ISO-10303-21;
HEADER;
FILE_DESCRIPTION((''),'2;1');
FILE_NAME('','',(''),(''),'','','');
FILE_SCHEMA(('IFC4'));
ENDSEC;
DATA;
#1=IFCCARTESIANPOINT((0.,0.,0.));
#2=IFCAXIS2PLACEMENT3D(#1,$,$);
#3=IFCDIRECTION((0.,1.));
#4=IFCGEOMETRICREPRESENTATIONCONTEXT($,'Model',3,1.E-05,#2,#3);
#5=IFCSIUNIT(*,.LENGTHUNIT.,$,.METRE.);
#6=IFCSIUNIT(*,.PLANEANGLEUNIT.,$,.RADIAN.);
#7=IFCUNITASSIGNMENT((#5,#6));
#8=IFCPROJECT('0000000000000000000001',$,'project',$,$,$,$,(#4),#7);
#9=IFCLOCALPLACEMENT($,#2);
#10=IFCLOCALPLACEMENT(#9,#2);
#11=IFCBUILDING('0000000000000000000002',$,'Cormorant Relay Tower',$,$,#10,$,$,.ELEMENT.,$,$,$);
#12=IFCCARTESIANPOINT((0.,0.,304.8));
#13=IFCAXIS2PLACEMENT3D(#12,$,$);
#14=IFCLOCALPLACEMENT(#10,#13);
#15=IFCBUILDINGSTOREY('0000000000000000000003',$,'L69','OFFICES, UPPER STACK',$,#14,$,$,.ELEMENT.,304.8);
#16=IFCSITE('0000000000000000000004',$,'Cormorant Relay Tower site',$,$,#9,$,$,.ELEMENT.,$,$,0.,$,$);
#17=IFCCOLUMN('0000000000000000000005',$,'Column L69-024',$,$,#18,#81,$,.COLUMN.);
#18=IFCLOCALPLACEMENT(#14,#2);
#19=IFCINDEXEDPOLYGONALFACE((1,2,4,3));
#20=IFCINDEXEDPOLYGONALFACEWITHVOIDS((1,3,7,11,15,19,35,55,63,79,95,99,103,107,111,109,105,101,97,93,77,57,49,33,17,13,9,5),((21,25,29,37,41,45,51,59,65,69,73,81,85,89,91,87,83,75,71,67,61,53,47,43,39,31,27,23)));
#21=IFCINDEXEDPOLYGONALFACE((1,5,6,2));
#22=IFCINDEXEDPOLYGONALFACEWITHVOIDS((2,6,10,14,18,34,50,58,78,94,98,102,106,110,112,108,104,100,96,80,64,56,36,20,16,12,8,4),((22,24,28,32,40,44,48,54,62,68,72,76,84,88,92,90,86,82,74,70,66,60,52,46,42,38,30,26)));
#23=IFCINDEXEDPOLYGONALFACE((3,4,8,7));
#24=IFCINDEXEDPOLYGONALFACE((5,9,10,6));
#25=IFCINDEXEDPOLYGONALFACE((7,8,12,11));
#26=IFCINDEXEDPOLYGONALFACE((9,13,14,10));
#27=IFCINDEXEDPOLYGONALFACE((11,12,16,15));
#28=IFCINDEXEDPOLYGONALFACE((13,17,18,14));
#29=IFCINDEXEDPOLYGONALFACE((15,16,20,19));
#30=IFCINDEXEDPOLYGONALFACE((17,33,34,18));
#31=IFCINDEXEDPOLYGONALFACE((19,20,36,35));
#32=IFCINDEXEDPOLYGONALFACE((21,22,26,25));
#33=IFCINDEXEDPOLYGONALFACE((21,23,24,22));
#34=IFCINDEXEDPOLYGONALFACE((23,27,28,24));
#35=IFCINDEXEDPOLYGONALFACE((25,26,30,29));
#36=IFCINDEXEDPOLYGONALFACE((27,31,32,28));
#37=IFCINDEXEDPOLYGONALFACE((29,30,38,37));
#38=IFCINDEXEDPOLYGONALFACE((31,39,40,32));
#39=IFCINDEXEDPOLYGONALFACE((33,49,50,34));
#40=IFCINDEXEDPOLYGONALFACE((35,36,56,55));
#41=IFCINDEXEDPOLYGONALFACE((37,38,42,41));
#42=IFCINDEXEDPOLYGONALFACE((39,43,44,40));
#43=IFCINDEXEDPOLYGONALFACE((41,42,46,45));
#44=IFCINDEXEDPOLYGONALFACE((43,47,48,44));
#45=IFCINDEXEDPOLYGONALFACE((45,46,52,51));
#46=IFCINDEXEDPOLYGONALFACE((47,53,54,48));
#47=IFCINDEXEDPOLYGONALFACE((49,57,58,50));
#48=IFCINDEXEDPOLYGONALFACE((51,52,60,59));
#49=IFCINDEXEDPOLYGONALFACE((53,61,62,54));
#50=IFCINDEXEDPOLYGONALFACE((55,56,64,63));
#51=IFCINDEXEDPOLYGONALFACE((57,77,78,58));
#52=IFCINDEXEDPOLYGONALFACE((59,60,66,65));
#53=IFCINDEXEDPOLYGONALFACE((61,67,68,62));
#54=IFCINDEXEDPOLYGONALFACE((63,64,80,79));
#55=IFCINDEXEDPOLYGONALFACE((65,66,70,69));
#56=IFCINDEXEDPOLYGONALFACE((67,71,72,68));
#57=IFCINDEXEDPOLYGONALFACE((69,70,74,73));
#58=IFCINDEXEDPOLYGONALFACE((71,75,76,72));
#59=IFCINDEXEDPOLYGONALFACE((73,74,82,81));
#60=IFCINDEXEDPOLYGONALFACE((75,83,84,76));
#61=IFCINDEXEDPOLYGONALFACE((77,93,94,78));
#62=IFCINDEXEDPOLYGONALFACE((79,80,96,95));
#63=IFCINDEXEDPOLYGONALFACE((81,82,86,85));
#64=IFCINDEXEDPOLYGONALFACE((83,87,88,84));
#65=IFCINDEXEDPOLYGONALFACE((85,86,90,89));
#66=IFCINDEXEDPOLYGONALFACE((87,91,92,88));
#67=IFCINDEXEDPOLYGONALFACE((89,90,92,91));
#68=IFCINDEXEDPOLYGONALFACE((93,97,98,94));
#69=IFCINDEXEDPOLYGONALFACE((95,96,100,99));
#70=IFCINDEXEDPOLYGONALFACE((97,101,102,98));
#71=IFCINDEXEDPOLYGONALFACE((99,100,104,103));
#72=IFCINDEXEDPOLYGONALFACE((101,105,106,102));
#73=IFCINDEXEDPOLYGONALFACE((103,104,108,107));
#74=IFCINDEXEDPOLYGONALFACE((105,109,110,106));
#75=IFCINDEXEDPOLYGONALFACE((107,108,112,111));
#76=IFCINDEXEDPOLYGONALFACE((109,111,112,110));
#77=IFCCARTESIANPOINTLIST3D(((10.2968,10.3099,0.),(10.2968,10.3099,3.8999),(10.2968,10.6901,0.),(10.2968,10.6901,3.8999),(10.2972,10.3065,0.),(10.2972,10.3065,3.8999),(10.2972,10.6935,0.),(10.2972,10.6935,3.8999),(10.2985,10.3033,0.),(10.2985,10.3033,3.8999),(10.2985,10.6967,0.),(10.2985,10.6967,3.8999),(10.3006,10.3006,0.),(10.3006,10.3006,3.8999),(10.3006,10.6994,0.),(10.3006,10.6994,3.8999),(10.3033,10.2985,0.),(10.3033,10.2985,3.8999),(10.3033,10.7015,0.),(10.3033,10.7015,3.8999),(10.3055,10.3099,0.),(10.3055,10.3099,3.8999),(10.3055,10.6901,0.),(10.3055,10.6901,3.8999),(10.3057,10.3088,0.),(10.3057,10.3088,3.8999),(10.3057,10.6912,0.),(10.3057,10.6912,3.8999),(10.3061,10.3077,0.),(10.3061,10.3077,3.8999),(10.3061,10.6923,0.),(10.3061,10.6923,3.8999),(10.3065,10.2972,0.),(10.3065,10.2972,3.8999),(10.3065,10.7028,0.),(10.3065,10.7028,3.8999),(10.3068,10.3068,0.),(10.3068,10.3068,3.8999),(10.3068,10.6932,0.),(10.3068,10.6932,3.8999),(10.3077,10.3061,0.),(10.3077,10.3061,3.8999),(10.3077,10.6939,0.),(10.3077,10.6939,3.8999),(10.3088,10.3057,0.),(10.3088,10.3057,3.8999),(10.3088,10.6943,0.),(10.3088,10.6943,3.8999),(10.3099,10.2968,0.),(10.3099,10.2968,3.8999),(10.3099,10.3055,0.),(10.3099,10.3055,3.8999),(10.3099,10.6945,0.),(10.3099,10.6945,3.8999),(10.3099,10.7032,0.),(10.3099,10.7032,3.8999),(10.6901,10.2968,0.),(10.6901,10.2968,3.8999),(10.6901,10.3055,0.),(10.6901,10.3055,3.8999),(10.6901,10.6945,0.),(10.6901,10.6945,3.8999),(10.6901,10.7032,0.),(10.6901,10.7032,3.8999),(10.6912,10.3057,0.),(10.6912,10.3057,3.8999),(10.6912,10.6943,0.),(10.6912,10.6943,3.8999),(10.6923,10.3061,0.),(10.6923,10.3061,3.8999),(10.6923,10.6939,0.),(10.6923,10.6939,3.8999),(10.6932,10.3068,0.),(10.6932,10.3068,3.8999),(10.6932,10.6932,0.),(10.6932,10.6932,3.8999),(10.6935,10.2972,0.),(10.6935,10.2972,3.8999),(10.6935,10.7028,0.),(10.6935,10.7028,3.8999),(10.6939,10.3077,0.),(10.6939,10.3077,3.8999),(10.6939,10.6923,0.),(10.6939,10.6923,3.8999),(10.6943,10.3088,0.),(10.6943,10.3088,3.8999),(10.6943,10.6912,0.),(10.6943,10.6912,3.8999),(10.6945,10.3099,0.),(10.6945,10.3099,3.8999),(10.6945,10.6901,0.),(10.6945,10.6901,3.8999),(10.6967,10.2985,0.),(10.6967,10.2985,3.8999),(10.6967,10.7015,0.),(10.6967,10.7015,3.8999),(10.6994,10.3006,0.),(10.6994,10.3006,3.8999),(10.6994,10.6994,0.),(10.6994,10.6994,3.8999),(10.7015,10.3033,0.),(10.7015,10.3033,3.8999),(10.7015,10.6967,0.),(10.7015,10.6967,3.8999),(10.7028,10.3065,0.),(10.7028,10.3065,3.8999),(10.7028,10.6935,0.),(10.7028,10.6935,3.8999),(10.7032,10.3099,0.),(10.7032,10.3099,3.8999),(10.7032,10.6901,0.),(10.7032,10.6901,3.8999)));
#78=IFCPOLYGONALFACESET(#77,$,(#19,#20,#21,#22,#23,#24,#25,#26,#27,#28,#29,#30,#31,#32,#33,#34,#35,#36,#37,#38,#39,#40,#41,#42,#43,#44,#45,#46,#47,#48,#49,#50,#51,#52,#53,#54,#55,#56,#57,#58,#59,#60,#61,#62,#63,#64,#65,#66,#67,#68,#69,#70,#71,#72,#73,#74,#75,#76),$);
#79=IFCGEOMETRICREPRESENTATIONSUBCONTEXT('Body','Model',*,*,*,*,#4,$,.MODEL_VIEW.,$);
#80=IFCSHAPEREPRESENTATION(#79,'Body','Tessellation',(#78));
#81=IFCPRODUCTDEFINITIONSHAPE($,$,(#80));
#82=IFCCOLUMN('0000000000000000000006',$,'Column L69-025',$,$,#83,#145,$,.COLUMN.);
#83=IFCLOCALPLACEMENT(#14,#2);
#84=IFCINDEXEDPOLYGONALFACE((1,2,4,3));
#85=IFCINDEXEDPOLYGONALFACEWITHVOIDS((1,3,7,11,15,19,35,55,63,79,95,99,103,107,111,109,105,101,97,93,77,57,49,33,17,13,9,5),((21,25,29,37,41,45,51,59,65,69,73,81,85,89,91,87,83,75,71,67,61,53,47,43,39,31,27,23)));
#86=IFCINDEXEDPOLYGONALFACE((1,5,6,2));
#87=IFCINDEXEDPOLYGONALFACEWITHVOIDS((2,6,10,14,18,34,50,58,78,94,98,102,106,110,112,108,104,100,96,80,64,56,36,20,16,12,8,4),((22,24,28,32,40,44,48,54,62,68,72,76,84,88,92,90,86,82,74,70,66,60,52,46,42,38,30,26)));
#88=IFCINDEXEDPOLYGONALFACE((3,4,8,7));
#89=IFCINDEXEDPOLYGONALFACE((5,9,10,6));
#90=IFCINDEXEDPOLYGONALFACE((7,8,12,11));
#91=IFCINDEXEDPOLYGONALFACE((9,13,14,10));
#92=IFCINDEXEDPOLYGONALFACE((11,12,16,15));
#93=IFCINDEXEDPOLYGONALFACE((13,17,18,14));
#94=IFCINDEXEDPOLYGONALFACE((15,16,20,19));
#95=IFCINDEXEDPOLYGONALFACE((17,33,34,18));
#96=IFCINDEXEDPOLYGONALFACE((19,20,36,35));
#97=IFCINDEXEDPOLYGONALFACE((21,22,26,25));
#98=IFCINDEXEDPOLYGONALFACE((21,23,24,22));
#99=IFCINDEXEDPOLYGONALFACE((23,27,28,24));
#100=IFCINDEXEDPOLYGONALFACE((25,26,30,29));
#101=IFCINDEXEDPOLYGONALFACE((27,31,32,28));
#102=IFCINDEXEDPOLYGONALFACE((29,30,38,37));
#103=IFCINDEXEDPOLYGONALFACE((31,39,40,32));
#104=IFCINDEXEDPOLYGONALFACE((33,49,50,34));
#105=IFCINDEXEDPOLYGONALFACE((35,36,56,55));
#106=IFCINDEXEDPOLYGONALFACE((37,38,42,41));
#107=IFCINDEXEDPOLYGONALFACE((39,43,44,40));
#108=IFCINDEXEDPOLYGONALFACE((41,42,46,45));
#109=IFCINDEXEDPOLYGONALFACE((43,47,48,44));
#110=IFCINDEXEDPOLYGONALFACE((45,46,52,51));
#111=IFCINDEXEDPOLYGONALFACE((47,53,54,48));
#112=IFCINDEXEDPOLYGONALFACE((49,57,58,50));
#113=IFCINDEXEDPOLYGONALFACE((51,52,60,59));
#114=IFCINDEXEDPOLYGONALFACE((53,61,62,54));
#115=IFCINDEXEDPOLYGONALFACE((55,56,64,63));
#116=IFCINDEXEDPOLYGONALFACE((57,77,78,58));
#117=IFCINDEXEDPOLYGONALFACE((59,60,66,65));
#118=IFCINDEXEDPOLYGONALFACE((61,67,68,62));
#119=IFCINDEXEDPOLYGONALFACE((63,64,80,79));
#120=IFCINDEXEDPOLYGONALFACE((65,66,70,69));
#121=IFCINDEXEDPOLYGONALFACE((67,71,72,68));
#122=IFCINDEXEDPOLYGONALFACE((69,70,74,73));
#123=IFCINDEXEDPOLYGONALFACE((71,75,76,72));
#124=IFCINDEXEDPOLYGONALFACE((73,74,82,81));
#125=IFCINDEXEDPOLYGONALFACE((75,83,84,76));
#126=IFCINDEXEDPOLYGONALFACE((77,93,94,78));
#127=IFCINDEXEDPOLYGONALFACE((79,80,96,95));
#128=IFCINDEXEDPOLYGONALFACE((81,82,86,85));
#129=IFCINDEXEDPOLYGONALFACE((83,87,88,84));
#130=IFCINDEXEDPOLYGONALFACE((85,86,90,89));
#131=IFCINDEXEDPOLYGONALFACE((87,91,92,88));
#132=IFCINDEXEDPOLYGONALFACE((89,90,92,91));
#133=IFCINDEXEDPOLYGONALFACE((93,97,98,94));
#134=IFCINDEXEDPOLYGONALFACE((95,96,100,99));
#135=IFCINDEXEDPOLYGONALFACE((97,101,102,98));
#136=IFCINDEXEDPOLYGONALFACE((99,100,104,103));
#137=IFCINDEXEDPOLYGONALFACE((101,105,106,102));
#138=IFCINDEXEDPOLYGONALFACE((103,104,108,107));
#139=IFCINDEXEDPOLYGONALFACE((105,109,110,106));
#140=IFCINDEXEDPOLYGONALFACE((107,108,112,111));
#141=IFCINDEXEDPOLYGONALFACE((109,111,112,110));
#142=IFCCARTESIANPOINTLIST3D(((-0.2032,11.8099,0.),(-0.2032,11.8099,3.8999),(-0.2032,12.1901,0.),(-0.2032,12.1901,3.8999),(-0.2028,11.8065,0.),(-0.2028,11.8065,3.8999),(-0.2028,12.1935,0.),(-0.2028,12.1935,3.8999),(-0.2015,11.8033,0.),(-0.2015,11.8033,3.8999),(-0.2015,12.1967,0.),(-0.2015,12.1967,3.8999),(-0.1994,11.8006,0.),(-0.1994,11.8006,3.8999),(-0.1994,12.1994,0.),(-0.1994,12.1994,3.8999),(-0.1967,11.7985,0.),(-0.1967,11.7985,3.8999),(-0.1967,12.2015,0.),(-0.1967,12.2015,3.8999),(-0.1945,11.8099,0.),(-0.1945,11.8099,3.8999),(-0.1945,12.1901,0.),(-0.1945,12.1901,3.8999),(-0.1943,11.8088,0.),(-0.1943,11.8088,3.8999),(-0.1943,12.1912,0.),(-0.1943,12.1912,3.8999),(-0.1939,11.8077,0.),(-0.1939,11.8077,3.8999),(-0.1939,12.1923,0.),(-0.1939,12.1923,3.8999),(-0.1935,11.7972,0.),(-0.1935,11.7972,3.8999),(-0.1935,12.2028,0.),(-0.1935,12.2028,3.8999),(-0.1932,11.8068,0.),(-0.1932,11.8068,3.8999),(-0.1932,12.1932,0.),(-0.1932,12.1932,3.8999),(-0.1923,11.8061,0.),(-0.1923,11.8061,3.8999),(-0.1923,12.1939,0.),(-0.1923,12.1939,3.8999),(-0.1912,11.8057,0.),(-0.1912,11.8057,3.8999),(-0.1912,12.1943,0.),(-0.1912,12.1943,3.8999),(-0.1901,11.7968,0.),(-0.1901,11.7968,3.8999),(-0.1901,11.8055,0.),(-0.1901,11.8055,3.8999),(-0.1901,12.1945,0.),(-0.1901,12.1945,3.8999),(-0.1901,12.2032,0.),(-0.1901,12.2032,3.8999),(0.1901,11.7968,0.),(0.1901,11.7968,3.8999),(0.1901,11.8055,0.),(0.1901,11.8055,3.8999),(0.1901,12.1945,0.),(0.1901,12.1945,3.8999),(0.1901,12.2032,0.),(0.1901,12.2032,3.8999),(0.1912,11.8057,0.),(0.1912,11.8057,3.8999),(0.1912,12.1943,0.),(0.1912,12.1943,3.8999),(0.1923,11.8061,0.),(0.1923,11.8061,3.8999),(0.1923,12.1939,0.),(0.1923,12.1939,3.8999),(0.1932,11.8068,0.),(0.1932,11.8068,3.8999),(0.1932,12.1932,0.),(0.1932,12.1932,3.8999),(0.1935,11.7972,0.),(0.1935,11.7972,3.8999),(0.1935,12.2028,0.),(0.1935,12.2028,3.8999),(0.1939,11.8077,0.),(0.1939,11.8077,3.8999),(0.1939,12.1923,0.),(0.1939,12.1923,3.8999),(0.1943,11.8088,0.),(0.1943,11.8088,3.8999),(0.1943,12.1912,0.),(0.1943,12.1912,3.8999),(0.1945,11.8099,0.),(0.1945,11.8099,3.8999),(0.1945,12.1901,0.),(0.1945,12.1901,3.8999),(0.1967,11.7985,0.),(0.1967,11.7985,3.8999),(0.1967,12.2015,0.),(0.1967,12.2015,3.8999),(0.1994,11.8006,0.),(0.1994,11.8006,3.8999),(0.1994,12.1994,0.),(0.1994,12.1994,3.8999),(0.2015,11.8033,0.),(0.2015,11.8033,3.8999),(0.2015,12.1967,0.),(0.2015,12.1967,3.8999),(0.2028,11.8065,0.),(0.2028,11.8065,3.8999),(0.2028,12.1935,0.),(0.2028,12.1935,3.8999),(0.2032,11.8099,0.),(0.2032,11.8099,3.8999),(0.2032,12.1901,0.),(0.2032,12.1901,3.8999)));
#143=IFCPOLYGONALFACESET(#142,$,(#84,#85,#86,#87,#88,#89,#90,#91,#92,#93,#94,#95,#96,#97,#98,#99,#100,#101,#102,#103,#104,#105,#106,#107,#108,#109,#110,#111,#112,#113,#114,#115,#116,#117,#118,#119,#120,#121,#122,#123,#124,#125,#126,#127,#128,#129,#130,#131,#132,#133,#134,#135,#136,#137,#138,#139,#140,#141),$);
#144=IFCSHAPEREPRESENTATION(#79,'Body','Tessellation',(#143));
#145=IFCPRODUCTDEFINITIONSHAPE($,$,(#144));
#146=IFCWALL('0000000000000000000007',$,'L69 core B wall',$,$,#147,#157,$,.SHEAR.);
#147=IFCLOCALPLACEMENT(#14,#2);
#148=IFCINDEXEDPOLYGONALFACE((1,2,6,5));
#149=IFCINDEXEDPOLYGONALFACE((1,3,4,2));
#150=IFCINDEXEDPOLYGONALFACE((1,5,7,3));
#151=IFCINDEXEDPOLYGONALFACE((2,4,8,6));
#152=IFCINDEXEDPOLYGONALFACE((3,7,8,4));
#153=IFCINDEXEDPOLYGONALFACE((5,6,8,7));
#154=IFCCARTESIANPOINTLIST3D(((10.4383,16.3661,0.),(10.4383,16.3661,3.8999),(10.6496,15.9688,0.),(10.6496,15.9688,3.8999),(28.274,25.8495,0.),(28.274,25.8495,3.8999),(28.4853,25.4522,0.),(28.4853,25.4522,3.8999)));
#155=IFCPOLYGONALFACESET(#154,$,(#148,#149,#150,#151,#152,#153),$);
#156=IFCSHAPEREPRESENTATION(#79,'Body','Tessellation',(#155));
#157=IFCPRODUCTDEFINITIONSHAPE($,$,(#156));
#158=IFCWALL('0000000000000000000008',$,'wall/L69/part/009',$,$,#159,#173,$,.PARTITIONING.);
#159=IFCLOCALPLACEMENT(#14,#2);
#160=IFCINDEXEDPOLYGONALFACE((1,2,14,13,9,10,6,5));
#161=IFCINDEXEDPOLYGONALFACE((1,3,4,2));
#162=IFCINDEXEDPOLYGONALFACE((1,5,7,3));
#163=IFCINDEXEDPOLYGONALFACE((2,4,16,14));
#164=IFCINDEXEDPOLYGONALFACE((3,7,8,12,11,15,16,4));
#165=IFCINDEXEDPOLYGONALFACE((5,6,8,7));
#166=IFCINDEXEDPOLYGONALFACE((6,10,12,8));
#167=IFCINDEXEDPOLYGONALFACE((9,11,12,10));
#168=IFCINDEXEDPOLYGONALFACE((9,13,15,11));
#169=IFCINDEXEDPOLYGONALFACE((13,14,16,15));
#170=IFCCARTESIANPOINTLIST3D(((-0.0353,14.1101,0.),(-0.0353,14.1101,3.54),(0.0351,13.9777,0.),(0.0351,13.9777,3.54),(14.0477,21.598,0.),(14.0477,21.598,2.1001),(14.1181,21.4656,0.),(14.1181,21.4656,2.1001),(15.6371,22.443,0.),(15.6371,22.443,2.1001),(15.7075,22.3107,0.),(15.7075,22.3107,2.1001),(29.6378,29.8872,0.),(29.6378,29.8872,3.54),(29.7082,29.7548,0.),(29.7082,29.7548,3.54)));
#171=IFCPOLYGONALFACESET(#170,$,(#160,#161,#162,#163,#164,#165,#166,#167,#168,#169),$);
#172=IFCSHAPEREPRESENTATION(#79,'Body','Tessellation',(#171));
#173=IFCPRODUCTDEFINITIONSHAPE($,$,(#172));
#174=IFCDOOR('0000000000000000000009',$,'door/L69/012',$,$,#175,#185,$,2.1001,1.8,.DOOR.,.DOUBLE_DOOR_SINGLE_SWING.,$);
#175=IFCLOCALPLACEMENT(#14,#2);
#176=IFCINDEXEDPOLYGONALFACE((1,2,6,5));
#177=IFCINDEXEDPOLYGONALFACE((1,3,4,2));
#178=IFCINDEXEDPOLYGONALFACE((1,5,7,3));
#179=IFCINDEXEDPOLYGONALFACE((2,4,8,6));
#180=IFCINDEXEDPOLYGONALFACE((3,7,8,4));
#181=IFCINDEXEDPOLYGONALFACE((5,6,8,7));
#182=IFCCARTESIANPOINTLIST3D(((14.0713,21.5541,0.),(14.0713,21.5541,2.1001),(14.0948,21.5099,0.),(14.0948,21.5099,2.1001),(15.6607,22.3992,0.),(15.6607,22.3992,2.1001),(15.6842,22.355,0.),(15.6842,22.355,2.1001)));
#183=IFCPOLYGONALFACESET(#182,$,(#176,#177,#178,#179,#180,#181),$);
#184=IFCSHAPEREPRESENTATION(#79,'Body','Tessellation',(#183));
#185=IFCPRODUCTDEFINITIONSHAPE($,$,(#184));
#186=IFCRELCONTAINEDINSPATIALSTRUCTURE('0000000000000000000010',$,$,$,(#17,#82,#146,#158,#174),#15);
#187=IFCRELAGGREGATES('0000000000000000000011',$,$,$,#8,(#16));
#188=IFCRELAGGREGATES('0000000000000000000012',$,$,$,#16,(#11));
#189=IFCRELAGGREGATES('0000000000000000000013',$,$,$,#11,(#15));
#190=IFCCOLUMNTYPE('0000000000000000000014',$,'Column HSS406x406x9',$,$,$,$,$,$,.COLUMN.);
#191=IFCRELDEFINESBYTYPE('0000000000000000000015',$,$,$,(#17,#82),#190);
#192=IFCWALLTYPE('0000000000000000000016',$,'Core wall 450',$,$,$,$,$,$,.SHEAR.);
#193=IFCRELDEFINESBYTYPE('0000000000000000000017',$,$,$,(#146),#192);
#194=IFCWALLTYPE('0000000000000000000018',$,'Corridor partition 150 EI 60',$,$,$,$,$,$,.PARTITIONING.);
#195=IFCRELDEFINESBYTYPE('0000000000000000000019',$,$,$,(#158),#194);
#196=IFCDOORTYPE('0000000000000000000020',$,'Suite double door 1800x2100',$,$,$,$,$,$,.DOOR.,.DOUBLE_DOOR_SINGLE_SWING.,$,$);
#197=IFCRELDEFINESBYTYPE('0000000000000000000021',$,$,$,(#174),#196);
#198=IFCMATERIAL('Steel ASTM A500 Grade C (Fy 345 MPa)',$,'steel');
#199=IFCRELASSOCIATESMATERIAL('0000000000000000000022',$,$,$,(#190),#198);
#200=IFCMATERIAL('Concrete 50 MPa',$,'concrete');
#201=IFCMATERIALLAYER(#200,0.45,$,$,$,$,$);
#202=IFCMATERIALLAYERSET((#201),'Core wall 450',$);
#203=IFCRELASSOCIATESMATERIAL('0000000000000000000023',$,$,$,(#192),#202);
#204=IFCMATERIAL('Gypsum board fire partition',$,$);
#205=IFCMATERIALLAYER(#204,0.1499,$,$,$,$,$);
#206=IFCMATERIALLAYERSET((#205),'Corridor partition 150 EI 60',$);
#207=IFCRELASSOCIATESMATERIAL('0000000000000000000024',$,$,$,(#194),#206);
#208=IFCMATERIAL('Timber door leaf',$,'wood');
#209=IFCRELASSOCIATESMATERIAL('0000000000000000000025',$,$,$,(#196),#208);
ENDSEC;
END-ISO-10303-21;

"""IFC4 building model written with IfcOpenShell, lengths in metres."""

from ifc_helpers import new_model, si_unit, direction, frame, frame_2d, origin, origin_2d, place, context, subcontext, project, spatial, rectangle, hollow_rectangle, extrude, material, layer, layer_set, material_profile, profile_set, type_object, element, fill, save


model = new_model("IFC4")

# Units and contexts
model_context = context("Model", 3, precision=1e-05, world=origin(), true_north=direction((0.0, 1.0)))
body_context = subcontext(model_context, "Body", "Model", "MODEL_VIEW")
ifc_project = project(units=[si_unit("LENGTHUNIT", "METRE"), si_unit("PLANEANGLEUNIT", "RADIAN")], contexts=[model_context])

# Site, building, storey
site_placement = place(None, origin())
site = spatial("IfcSite", under=ifc_project, at=site_placement, Name="Cormorant Relay Tower site", CompositionType="ELEMENT", RefElevation=0.0)
building_placement = place(site_placement, origin())
building = spatial("IfcBuilding", under=site, at=building_placement, Name="Cormorant Relay Tower", CompositionType="ELEMENT")
storey_placement = place(building_placement, frame((0.0, 0.0, 304.8)))
storey = spatial("IfcBuildingStorey", under=building, at=storey_placement, Name="L69", Description="OFFICES, UPPER STACK", CompositionType="ELEMENT", Elevation=304.8)

# Columns
ifc_material_1 = material(Name="Steel ASTM A500 Grade C (Fy 345 MPa)", Category="steel")
ifc_material_profile = material_profile(ifc_material_1, hollow_rectangle(XDim=0.4065, YDim=0.4065, WallThickness=0.0088, InnerFilletRadius=0.0044, OuterFilletRadius=0.0132, at=origin_2d()), Name="HSS406x406x9")
ifc_profile_set = profile_set([ifc_material_profile], Name="Steel ASTM A500 Grade C (Fy 345 MPa)")
column_type = type_object("IfcColumnType", Name="Column HSS406x406x9", PredefinedType="COLUMN", material=ifc_profile_set)
for number, where, z_axis, x_axis, name in (
    (1, (10.5, 10.5, 0.0), (0.0, 0.0, 1.0), (1.0, 0.0, 0.0), "Column L69-024"),
    (2, (0.0, 12.0, 0.0), (0.0, 0.0, 1.0), (1.0, 0.0, 0.0), "Column L69-025"),
):
    element("IfcColumn", number, at=place(storey_placement, frame(where, z_axis=z_axis, x_axis=x_axis)), inside=storey, type_object=column_type, Name=name, PredefinedType="COLUMN", context=body_context, shape_type="SweptSolid", body=[
        extrude(hollow_rectangle(XDim=0.4065, YDim=0.4065, WallThickness=0.0088, InnerFilletRadius=0.0044, OuterFilletRadius=0.0132, at=origin_2d()), origin(), (0.0, 0.0, 1.0), 3.8999),
    ])

# Wall
ifc_material_2 = material(Name="Concrete 50 MPa", Category="concrete")
ifc_layer_1 = layer(ifc_material_2, 0.45)
ifc_layer_set_1 = layer_set([ifc_layer_1], Name="Core wall 450")
wall_type_1 = type_object("IfcWallType", Name="Core wall 450", PredefinedType="SHEAR", material=ifc_layer_set_1)
wall_1_placement = place(storey_placement, frame((10.5439, 16.1675, 0.0), z_axis=(0.0, 0.0, 1.0), x_axis=(0.882948, 0.469471, 0.0)))
element("IfcWall", 3, at=wall_1_placement, inside=storey, type_object=wall_type_1, Name="L69 core B wall", PredefinedType="SHEAR", context=body_context, shape_type="SweptSolid", body=[
    extrude(rectangle(XDim=20.2002, YDim=0.45, at=frame_2d((10.1001, 0.0))), origin(), (0.0, 0.0, 1.0), 3.8999),
])

# Wall, opening, door
ifc_material_3 = material(Name="Gypsum board fire partition")
ifc_layer_2 = layer(ifc_material_3, 0.1499)
ifc_layer_set_2 = layer_set([ifc_layer_2], Name="Corridor partition 150 EI 60")
wall_type_2 = type_object("IfcWallType", Name="Corridor partition 150 EI 60", PredefinedType="PARTITIONING", material=ifc_layer_set_2)
wall_2_placement = place(storey_placement, frame((0.0, 14.0439, 0.0), z_axis=(0.0, 0.0, 1.0), x_axis=(0.882952, 0.469463, 0.0)))
wall_2 = element("IfcWall", 4, at=wall_2_placement, inside=storey, type_object=wall_type_2, Name="wall/L69/part/009", PredefinedType="PARTITIONING", context=body_context, shape_type="SweptSolid", body=[
    extrude(rectangle(XDim=33.6067, YDim=0.1499, at=frame_2d((16.8032, 0.0))), origin(), (0.0, 0.0, 1.0), 3.54),
])
opening_placement = place(wall_2_placement, frame((15.95, 0.0, 0.0)))
opening = element("IfcOpeningElement", 5, at=opening_placement, cuts=wall_2, PredefinedType="OPENING", context=body_context, shape_type="SweptSolid", body=[
    extrude(rectangle(XDim=1.8, YDim=2.1001, at=frame_2d((0.8999, 1.05))), frame((0.0, 0.085, 0.0), z_axis=(0.0, -1.0, 0.0), x_axis=(1.0, 0.0, 0.0)), (0.0, 0.0, 1.0), 0.1699),
])
ifc_material_4 = material(Name="Timber door leaf", Category="wood")
door_type = type_object("IfcDoorType", Name="Suite double door 1800x2100", OperationType="DOUBLE_DOOR_SINGLE_SWING", PredefinedType="DOOR", material=ifc_material_4)
door_placement = place(opening_placement, frame((1.8, 0.0, 0.0), z_axis=(0.0, 0.0, 1.0), x_axis=(-1.0, 0.0, 0.0)))
door = element("IfcDoor", 6, at=door_placement, inside=storey, type_object=door_type, Name="door/L69/012", OperationType="DOUBLE_DOOR_SINGLE_SWING", OverallHeight=2.1001, OverallWidth=1.8, PredefinedType="DOOR", context=body_context, shape_type="SweptSolid", body=[
    extrude(rectangle(XDim=1.8, YDim=2.1001, at=frame_2d((0.8999, 1.05))), frame((0.0, 0.0249, 0.0), z_axis=(0.0, -1.0, 0.0), x_axis=(1.0, 0.0, 0.0)), (0.0, 0.0, 1.0), 0.05),
])
fill(opening, door)

save(model, "model.ifc")
